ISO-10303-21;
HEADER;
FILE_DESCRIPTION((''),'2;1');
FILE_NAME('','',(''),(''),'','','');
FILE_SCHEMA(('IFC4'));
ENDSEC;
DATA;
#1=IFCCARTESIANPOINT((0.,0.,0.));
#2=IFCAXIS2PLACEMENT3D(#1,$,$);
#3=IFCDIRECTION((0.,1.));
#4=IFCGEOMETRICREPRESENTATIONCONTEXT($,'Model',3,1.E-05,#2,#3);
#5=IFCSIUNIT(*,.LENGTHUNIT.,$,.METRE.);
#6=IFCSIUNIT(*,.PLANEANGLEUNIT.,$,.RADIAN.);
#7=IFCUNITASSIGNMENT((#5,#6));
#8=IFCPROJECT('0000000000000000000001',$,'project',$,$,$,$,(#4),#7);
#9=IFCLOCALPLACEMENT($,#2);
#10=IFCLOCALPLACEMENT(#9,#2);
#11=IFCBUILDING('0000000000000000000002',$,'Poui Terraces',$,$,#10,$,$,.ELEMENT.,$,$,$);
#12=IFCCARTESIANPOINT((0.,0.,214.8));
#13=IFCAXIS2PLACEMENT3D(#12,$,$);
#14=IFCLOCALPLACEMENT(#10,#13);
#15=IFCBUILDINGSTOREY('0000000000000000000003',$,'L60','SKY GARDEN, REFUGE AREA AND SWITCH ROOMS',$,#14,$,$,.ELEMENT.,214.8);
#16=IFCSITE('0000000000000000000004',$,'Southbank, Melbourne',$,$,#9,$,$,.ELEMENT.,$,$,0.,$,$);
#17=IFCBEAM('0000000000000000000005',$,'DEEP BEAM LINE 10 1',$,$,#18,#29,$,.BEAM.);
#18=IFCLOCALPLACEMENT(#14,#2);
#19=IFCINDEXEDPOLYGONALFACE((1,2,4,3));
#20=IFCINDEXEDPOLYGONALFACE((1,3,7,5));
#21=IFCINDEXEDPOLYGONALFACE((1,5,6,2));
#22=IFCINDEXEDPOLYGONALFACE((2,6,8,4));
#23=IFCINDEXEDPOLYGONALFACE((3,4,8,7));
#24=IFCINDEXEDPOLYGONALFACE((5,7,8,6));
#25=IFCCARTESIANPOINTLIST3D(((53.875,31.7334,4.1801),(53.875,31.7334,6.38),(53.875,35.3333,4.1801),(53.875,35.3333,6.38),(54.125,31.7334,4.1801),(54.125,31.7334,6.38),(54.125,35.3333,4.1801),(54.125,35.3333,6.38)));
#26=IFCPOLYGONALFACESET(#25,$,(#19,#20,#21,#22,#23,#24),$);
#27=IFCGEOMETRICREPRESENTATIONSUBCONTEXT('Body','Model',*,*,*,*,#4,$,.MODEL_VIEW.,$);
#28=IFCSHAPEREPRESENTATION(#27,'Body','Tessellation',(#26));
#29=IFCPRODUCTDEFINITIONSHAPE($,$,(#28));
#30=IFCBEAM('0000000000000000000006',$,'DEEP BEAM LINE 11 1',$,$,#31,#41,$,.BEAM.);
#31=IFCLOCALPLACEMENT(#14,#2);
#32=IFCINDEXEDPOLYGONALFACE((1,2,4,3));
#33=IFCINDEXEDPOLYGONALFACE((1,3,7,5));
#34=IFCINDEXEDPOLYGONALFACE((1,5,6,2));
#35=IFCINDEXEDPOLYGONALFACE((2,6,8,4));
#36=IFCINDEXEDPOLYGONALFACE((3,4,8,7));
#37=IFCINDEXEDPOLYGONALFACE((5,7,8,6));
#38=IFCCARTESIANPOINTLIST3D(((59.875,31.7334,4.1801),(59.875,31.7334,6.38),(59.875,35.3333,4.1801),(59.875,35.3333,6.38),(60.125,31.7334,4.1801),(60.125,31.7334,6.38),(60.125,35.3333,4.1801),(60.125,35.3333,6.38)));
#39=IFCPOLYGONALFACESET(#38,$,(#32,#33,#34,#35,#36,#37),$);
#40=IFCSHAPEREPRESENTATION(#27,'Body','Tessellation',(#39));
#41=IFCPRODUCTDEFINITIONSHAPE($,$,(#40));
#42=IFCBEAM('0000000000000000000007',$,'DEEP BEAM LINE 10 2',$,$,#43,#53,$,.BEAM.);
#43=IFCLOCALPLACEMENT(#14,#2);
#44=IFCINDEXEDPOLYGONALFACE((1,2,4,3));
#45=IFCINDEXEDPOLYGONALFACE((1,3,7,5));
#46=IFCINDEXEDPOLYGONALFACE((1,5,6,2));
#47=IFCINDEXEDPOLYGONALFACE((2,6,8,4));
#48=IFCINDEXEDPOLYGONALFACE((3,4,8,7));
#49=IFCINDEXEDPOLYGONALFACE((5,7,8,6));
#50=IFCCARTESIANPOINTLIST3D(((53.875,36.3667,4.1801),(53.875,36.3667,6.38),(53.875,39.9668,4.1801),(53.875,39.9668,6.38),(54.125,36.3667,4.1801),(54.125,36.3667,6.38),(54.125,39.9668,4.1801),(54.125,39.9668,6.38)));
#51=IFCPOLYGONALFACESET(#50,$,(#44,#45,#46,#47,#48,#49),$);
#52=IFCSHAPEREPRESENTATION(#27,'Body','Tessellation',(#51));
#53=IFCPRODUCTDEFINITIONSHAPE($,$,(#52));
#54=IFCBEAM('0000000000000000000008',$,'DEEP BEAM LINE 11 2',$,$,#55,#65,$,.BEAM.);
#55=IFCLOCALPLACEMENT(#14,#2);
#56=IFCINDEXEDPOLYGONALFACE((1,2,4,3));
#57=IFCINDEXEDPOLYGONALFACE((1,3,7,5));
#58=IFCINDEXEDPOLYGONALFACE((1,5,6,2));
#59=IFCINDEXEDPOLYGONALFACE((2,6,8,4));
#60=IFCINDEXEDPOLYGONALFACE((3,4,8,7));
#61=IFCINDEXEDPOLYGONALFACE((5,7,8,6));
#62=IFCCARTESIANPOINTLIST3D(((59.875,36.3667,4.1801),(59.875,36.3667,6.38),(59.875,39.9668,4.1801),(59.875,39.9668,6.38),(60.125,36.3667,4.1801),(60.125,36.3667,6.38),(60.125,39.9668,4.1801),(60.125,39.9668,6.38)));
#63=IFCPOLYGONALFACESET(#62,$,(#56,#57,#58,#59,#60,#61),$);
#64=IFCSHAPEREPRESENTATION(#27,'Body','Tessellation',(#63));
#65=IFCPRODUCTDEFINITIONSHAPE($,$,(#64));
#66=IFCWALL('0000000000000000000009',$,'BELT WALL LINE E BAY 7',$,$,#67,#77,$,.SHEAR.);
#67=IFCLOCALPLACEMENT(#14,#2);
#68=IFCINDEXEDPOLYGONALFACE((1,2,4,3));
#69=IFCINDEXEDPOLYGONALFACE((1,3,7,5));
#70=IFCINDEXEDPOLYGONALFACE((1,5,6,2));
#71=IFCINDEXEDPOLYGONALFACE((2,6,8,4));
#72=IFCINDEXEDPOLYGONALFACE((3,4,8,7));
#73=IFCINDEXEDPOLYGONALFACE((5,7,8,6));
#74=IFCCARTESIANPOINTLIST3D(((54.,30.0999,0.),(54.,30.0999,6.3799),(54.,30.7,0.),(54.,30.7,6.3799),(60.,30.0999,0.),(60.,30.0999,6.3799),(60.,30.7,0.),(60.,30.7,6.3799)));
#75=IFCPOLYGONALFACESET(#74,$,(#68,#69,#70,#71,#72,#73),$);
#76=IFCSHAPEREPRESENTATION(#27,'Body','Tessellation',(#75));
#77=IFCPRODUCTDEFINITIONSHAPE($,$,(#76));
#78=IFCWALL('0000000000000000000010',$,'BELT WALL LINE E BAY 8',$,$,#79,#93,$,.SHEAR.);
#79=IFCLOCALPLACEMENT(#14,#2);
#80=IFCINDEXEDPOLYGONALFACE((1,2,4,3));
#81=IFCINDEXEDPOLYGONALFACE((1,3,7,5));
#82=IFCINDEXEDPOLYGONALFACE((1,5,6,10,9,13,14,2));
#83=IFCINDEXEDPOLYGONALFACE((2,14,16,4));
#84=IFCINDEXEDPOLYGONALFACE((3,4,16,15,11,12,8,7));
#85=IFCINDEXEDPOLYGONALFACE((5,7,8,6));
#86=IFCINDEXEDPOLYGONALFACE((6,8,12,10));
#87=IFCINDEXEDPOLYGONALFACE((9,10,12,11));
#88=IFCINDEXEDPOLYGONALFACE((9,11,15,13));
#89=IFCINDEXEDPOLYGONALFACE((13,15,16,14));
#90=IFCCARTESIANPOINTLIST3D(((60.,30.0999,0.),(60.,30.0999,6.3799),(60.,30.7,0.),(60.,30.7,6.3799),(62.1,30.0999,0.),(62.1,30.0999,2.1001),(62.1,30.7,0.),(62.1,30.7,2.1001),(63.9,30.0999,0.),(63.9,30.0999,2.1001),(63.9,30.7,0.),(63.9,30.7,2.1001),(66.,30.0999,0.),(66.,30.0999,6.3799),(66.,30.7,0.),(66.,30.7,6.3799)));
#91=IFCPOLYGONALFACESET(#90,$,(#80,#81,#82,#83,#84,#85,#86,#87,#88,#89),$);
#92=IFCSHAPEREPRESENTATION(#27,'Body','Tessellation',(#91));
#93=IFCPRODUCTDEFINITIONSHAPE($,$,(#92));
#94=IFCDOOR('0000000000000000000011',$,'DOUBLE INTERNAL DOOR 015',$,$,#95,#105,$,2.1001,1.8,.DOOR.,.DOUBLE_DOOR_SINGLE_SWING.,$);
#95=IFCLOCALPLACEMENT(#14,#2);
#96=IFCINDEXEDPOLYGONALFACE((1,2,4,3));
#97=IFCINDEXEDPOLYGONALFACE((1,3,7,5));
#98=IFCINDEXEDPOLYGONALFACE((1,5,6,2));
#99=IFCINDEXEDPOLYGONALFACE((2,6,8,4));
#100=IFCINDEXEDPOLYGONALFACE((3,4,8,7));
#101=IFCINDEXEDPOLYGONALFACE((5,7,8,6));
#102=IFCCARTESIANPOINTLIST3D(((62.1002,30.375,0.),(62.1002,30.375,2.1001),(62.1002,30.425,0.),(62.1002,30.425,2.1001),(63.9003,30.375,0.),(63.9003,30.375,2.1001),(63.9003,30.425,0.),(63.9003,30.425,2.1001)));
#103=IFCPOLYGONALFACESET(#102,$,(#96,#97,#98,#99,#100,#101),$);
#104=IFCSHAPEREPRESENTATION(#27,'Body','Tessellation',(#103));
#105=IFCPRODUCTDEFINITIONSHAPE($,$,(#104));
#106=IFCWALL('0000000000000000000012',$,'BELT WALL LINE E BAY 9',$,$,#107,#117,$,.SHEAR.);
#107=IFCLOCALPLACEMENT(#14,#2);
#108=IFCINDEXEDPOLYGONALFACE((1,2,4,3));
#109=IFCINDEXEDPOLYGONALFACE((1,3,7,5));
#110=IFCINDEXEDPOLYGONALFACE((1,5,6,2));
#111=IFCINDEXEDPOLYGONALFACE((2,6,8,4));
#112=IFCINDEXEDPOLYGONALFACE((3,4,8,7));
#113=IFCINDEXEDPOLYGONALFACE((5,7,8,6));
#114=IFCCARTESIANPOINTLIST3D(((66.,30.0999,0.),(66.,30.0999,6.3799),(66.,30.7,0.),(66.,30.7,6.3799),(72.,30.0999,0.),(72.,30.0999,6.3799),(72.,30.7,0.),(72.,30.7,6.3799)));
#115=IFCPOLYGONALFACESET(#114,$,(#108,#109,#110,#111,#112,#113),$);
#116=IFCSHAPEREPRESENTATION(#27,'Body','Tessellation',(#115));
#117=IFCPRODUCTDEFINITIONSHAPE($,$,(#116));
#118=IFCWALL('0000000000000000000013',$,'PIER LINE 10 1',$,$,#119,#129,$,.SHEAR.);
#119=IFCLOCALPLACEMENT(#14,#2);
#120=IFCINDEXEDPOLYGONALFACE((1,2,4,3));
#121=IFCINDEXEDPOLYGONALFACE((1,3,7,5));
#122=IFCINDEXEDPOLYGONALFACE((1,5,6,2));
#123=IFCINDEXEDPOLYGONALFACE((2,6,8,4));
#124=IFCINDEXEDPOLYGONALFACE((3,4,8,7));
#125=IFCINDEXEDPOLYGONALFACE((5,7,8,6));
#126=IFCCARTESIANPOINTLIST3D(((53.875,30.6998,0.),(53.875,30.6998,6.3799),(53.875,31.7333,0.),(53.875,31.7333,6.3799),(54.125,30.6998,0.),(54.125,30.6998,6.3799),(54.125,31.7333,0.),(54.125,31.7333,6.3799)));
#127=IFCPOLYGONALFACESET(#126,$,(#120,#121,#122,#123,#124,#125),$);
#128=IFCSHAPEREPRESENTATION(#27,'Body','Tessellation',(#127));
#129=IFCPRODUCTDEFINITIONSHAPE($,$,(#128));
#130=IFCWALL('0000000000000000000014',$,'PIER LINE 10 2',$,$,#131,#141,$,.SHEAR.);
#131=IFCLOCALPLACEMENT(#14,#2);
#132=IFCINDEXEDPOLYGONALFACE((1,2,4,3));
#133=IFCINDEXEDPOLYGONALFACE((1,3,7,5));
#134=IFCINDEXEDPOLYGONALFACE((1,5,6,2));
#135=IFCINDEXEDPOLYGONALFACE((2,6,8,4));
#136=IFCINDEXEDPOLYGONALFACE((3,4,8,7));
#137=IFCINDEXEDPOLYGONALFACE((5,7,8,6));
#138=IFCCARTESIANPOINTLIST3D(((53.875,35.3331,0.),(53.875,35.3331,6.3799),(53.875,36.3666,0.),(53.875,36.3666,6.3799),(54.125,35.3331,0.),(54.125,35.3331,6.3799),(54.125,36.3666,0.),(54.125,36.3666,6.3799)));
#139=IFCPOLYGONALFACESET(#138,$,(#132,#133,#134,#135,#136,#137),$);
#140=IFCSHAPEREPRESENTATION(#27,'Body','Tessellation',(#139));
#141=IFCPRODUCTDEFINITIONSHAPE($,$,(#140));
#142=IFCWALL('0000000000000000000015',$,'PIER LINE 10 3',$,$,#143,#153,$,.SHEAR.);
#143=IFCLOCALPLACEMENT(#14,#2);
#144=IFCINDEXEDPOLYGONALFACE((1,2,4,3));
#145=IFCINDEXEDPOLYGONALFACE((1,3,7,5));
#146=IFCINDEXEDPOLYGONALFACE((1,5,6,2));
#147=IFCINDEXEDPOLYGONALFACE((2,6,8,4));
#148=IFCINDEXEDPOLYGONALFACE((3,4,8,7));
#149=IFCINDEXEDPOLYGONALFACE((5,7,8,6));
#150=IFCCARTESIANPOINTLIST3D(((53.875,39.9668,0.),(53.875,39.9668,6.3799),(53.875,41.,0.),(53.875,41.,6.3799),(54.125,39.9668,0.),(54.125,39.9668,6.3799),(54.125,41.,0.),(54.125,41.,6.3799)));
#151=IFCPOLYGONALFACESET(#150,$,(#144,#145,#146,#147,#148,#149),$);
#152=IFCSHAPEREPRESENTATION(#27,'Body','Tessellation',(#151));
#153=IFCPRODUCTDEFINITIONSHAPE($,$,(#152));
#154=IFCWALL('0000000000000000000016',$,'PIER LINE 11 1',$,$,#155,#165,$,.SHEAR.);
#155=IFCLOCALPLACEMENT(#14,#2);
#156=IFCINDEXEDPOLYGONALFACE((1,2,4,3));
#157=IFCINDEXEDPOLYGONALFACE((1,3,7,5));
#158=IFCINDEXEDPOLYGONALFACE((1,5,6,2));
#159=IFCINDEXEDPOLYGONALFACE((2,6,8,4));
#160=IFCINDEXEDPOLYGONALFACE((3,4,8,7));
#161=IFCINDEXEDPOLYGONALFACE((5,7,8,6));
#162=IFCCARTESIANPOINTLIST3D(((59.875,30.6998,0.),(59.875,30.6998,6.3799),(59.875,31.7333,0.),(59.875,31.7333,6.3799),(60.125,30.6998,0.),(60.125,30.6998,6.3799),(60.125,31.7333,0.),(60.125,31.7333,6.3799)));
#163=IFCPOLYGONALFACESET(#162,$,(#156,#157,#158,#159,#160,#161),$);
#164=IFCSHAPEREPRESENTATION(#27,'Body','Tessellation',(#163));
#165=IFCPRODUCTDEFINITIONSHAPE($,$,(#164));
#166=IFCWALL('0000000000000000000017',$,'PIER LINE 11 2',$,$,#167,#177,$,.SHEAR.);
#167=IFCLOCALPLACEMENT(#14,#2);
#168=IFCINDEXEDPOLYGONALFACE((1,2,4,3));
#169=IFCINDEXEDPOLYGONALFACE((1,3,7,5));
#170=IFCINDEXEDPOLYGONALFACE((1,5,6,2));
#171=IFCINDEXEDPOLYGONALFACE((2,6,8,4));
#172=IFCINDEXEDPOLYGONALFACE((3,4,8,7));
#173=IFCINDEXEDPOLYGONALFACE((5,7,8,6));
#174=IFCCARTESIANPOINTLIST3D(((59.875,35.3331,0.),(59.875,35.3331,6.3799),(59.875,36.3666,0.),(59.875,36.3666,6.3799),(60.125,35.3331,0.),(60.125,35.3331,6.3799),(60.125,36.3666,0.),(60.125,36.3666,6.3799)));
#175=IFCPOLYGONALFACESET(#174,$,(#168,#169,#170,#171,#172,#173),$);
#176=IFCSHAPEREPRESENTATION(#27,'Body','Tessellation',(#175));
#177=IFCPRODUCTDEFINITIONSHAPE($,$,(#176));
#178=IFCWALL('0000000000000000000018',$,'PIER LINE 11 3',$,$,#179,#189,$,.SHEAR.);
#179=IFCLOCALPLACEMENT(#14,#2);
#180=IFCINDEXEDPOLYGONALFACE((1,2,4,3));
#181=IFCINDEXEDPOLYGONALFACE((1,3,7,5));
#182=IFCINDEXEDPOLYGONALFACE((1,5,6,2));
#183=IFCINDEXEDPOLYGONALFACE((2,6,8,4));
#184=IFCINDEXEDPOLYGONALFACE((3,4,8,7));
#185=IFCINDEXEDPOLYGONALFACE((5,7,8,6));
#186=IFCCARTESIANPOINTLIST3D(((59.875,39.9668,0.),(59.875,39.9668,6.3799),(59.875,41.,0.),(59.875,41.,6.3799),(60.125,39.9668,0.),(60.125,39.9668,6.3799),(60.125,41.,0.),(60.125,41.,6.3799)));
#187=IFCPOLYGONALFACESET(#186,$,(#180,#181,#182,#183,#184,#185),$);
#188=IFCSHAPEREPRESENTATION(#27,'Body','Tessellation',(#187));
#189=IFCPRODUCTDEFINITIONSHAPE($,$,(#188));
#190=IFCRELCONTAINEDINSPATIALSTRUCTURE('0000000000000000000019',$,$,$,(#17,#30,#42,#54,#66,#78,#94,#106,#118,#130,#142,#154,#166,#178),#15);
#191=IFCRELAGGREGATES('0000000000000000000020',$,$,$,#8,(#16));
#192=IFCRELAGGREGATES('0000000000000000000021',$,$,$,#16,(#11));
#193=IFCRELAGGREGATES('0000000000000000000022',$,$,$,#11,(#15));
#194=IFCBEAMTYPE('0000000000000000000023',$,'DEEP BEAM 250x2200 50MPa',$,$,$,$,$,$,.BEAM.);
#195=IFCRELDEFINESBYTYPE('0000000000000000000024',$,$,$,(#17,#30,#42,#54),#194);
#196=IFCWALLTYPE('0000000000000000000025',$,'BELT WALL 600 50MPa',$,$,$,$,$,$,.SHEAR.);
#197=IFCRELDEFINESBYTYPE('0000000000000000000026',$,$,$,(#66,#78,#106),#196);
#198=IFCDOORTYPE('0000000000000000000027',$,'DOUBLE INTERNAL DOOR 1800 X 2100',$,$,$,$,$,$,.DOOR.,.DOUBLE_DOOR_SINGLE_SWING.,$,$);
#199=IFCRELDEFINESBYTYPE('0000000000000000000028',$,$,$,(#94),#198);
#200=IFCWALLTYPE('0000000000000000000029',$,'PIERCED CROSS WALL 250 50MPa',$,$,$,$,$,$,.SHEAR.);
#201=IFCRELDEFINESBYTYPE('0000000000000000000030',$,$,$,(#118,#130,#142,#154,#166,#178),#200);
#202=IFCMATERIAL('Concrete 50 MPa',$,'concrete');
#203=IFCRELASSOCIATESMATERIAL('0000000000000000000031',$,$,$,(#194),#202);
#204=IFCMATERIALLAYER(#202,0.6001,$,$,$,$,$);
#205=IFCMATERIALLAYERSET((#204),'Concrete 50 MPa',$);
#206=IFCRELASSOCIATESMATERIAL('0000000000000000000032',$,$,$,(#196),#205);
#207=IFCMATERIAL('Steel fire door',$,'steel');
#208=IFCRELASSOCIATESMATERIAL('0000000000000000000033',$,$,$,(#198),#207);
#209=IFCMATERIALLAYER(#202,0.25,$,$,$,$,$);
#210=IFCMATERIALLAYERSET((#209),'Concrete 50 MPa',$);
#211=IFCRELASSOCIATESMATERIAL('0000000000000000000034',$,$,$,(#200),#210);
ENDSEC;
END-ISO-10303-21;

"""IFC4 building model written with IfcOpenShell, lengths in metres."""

from ifc_helpers import new_model, si_unit, direction, frame, frame_2d, origin, origin_2d, place, context, subcontext, project, spatial, rectangle, extrude, source, transform, mapped, material, layer, layer_set, material_profile, profile_set, type_object, element, fill, save


model = new_model("IFC4")

# Units and contexts
model_context = context("Model", 3, precision=1e-05, world=origin(), true_north=direction((0.0, 1.0)))
body_context = subcontext(model_context, "Body", "Model", "MODEL_VIEW")
ifc_project = project(units=[si_unit("LENGTHUNIT", "METRE"), si_unit("PLANEANGLEUNIT", "RADIAN")], contexts=[model_context])

# Site, building, storey
site_placement = place(None, origin())
site = spatial("IfcSite", under=ifc_project, at=site_placement, Name="Southbank, Melbourne", CompositionType="ELEMENT", RefElevation=0.0)
building_placement = place(site_placement, origin())
building = spatial("IfcBuilding", under=site, at=building_placement, Name="Poui Terraces", CompositionType="ELEMENT")
storey_placement = place(building_placement, frame((0.0, 0.0, 214.8)))
storey = spatial("IfcBuildingStorey", under=building, at=storey_placement, Name="L60", Description="SKY GARDEN, REFUGE AREA AND SWITCH ROOMS", CompositionType="ELEMENT", Elevation=214.8)

# Beams
ifc_material_1 = material(Name="Concrete 50 MPa", Category="concrete")
ifc_material_profile = material_profile(ifc_material_1, rectangle(XDim=0.25, YDim=2.2, at=origin_2d()), Name="RC 250x2200")
ifc_profile_set = profile_set([ifc_material_profile], Name="Concrete 50 MPa")
beam_type = type_object("IfcBeamType", Name="DEEP BEAM 250x2200 50MPa", PredefinedType="BEAM", material=ifc_profile_set)
shared_shape_1 = source(origin(), body_context, "Body", "SweptSolid", [
    extrude(rectangle(XDim=0.25, YDim=2.2, at=origin_2d()), origin(), (0.0, 0.0, 1.0), 3.5999),
])
for number, where, z_axis, x_axis, name in (
    (1, (54.0, 31.7334, 5.28), (0.0, 1.0, 0.0), (-1.0, 0.0, 0.0), "DEEP BEAM LINE 10 1"),
    (2, (60.0, 31.7334, 5.28), (0.0, 1.0, 0.0), (-1.0, 0.0, 0.0), "DEEP BEAM LINE 11 1"),
):
    element("IfcBeam", number, at=place(storey_placement, frame(where, z_axis=z_axis, x_axis=x_axis)), inside=storey, type_object=beam_type, Name=name, PredefinedType="BEAM", context=body_context, shape_type="MappedRepresentation", body=[
        mapped(shared_shape_1, transform((0.0, 0.0, 0.0))),
    ])
shared_shape_2 = source(origin(), body_context, "Body", "SweptSolid", [
    extrude(rectangle(XDim=0.25, YDim=2.2, at=origin_2d()), origin(), (0.0, 0.0, 1.0), 3.6001),
])
for number, where, z_axis, x_axis, name in (
    (3, (54.0, 36.3667, 5.28), (0.0, 1.0, 0.0), (-1.0, 0.0, 0.0), "DEEP BEAM LINE 10 2"),
    (4, (60.0, 36.3667, 5.28), (0.0, 1.0, 0.0), (-1.0, 0.0, 0.0), "DEEP BEAM LINE 11 2"),
):
    element("IfcBeam", number, at=place(storey_placement, frame(where, z_axis=z_axis, x_axis=x_axis)), inside=storey, type_object=beam_type, Name=name, PredefinedType="BEAM", context=body_context, shape_type="MappedRepresentation", body=[
        mapped(shared_shape_2, transform((0.0, 0.0, 0.0))),
    ])

# Wall
ifc_layer_1 = layer(ifc_material_1, 0.6001)
ifc_layer_set_1 = layer_set([ifc_layer_1], Name="Concrete 50 MPa")
wall_type_1 = type_object("IfcWallType", Name="BELT WALL 600 50MPa", PredefinedType="SHEAR", material=ifc_layer_set_1)
wall_1_placement = place(storey_placement, frame((54.0, 30.3999, 0.0), z_axis=(0.0, 0.0, 1.0), x_axis=(1.0, 0.0, 0.0)))
element("IfcWall", 5, at=wall_1_placement, inside=storey, type_object=wall_type_1, Name="BELT WALL LINE E BAY 7", PredefinedType="SHEAR", context=body_context, shape_type="SweptSolid", body=[
    extrude(rectangle(XDim=6.0, YDim=0.6001, at=frame_2d((3.0, 0.0))), origin(), (0.0, 0.0, 1.0), 6.3799),
])

# Wall, opening, door
wall_2_placement = place(storey_placement, frame((60.0, 30.3999, 0.0), z_axis=(0.0, 0.0, 1.0), x_axis=(1.0, 0.0, 0.0)))
wall_2 = element("IfcWall", 6, at=wall_2_placement, inside=storey, type_object=wall_type_1, Name="BELT WALL LINE E BAY 8", PredefinedType="SHEAR", context=body_context, shape_type="SweptSolid", body=[
    extrude(rectangle(XDim=6.0, YDim=0.6001, at=frame_2d((3.0, 0.0))), origin(), (0.0, 0.0, 1.0), 6.3799),
])
opening_placement = place(wall_2_placement, frame((2.1001, 0.0, 0.0)))
opening = element("IfcOpeningElement", 7, at=opening_placement, cuts=wall_2, PredefinedType="OPENING", context=body_context, shape_type="SweptSolid", body=[
    extrude(rectangle(XDim=1.8, YDim=2.1001, at=frame_2d((0.8999, 1.05))), frame((0.0, 0.3101, 0.0), z_axis=(0.0, -1.0, 0.0), x_axis=(1.0, 0.0, 0.0)), (0.0, 0.0, 1.0), 0.6201),
])
ifc_material_2 = material(Name="Steel fire door", Category="steel")
door_type = type_object("IfcDoorType", Name="DOUBLE INTERNAL DOOR 1800 X 2100", OperationType="DOUBLE_DOOR_SINGLE_SWING", PredefinedType="DOOR", material=ifc_material_2)
door_placement = place(opening_placement, frame((1.8, 0.0, 0.0), z_axis=(0.0, 0.0, 1.0), x_axis=(-1.0, 0.0, 0.0)))
door = element("IfcDoor", 8, at=door_placement, inside=storey, type_object=door_type, Name="DOUBLE INTERNAL DOOR 015", OperationType="DOUBLE_DOOR_SINGLE_SWING", OverallHeight=2.1001, OverallWidth=1.8, PredefinedType="DOOR", context=body_context, shape_type="SweptSolid", body=[
    extrude(rectangle(XDim=1.8, YDim=2.1001, at=frame_2d((0.8999, 1.05))), frame((0.0, 0.0249, 0.0), z_axis=(0.0, -1.0, 0.0), x_axis=(1.0, 0.0, 0.0)), (0.0, 0.0, 1.0), 0.05),
])
fill(opening, door)

# Walls
wall_3_placement = place(storey_placement, frame((66.0, 30.3999, 0.0), z_axis=(0.0, 0.0, 1.0), x_axis=(1.0, 0.0, 0.0)))
element("IfcWall", 9, at=wall_3_placement, inside=storey, type_object=wall_type_1, Name="BELT WALL LINE E BAY 9", PredefinedType="SHEAR", context=body_context, shape_type="SweptSolid", body=[
    extrude(rectangle(XDim=6.0, YDim=0.6001, at=frame_2d((3.0, 0.0))), origin(), (0.0, 0.0, 1.0), 6.3799),
])
ifc_layer_2 = layer(ifc_material_1, 0.25)
ifc_layer_set_2 = layer_set([ifc_layer_2], Name="Concrete 50 MPa")
wall_type_2 = type_object("IfcWallType", Name="PIERCED CROSS WALL 250 50MPa", PredefinedType="SHEAR", material=ifc_layer_set_2)
for number, where, z_axis, x_axis, name in (
    (10, (54.0, 30.7, 0.0), (0.0, 0.0, 1.0), (0.0, 1.0, 0.0), "PIER LINE 10 1"),
    (11, (54.0, 35.3333, 0.0), (0.0, 0.0, 1.0), (0.0, 1.0, 0.0), "PIER LINE 10 2"),
):
    element("IfcWall", number, at=place(storey_placement, frame(where, z_axis=z_axis, x_axis=x_axis)), inside=storey, type_object=wall_type_2, Name=name, PredefinedType="SHEAR", context=body_context, shape_type="SweptSolid", body=[
        extrude(rectangle(XDim=1.0334, YDim=0.25, at=frame_2d((0.5166, 0.0))), origin(), (0.0, 0.0, 1.0), 6.3799),
    ])
wall_4_placement = place(storey_placement, frame((54.0, 39.9668, 0.0), z_axis=(0.0, 0.0, 1.0), x_axis=(0.0, 1.0, 0.0)))
element("IfcWall", 12, at=wall_4_placement, inside=storey, type_object=wall_type_2, Name="PIER LINE 10 3", PredefinedType="SHEAR", context=body_context, shape_type="SweptSolid", body=[
    extrude(rectangle(XDim=1.0332, YDim=0.25, at=frame_2d((0.5166, 0.0))), origin(), (0.0, 0.0, 1.0), 6.3799),
])
for number, where, z_axis, x_axis, name in (
    (13, (60.0, 30.7, 0.0), (0.0, 0.0, 1.0), (0.0, 1.0, 0.0), "PIER LINE 11 1"),
    (14, (60.0, 35.3333, 0.0), (0.0, 0.0, 1.0), (0.0, 1.0, 0.0), "PIER LINE 11 2"),
):
    element("IfcWall", number, at=place(storey_placement, frame(where, z_axis=z_axis, x_axis=x_axis)), inside=storey, type_object=wall_type_2, Name=name, PredefinedType="SHEAR", context=body_context, shape_type="SweptSolid", body=[
        extrude(rectangle(XDim=1.0334, YDim=0.25, at=frame_2d((0.5166, 0.0))), origin(), (0.0, 0.0, 1.0), 6.3799),
    ])
wall_5_placement = place(storey_placement, frame((60.0, 39.9668, 0.0), z_axis=(0.0, 0.0, 1.0), x_axis=(0.0, 1.0, 0.0)))
element("IfcWall", 15, at=wall_5_placement, inside=storey, type_object=wall_type_2, Name="PIER LINE 11 3", PredefinedType="SHEAR", context=body_context, shape_type="SweptSolid", body=[
    extrude(rectangle(XDim=1.0332, YDim=0.25, at=frame_2d((0.5166, 0.0))), origin(), (0.0, 0.0, 1.0), 6.3799),
])

save(model, "model.ifc")
